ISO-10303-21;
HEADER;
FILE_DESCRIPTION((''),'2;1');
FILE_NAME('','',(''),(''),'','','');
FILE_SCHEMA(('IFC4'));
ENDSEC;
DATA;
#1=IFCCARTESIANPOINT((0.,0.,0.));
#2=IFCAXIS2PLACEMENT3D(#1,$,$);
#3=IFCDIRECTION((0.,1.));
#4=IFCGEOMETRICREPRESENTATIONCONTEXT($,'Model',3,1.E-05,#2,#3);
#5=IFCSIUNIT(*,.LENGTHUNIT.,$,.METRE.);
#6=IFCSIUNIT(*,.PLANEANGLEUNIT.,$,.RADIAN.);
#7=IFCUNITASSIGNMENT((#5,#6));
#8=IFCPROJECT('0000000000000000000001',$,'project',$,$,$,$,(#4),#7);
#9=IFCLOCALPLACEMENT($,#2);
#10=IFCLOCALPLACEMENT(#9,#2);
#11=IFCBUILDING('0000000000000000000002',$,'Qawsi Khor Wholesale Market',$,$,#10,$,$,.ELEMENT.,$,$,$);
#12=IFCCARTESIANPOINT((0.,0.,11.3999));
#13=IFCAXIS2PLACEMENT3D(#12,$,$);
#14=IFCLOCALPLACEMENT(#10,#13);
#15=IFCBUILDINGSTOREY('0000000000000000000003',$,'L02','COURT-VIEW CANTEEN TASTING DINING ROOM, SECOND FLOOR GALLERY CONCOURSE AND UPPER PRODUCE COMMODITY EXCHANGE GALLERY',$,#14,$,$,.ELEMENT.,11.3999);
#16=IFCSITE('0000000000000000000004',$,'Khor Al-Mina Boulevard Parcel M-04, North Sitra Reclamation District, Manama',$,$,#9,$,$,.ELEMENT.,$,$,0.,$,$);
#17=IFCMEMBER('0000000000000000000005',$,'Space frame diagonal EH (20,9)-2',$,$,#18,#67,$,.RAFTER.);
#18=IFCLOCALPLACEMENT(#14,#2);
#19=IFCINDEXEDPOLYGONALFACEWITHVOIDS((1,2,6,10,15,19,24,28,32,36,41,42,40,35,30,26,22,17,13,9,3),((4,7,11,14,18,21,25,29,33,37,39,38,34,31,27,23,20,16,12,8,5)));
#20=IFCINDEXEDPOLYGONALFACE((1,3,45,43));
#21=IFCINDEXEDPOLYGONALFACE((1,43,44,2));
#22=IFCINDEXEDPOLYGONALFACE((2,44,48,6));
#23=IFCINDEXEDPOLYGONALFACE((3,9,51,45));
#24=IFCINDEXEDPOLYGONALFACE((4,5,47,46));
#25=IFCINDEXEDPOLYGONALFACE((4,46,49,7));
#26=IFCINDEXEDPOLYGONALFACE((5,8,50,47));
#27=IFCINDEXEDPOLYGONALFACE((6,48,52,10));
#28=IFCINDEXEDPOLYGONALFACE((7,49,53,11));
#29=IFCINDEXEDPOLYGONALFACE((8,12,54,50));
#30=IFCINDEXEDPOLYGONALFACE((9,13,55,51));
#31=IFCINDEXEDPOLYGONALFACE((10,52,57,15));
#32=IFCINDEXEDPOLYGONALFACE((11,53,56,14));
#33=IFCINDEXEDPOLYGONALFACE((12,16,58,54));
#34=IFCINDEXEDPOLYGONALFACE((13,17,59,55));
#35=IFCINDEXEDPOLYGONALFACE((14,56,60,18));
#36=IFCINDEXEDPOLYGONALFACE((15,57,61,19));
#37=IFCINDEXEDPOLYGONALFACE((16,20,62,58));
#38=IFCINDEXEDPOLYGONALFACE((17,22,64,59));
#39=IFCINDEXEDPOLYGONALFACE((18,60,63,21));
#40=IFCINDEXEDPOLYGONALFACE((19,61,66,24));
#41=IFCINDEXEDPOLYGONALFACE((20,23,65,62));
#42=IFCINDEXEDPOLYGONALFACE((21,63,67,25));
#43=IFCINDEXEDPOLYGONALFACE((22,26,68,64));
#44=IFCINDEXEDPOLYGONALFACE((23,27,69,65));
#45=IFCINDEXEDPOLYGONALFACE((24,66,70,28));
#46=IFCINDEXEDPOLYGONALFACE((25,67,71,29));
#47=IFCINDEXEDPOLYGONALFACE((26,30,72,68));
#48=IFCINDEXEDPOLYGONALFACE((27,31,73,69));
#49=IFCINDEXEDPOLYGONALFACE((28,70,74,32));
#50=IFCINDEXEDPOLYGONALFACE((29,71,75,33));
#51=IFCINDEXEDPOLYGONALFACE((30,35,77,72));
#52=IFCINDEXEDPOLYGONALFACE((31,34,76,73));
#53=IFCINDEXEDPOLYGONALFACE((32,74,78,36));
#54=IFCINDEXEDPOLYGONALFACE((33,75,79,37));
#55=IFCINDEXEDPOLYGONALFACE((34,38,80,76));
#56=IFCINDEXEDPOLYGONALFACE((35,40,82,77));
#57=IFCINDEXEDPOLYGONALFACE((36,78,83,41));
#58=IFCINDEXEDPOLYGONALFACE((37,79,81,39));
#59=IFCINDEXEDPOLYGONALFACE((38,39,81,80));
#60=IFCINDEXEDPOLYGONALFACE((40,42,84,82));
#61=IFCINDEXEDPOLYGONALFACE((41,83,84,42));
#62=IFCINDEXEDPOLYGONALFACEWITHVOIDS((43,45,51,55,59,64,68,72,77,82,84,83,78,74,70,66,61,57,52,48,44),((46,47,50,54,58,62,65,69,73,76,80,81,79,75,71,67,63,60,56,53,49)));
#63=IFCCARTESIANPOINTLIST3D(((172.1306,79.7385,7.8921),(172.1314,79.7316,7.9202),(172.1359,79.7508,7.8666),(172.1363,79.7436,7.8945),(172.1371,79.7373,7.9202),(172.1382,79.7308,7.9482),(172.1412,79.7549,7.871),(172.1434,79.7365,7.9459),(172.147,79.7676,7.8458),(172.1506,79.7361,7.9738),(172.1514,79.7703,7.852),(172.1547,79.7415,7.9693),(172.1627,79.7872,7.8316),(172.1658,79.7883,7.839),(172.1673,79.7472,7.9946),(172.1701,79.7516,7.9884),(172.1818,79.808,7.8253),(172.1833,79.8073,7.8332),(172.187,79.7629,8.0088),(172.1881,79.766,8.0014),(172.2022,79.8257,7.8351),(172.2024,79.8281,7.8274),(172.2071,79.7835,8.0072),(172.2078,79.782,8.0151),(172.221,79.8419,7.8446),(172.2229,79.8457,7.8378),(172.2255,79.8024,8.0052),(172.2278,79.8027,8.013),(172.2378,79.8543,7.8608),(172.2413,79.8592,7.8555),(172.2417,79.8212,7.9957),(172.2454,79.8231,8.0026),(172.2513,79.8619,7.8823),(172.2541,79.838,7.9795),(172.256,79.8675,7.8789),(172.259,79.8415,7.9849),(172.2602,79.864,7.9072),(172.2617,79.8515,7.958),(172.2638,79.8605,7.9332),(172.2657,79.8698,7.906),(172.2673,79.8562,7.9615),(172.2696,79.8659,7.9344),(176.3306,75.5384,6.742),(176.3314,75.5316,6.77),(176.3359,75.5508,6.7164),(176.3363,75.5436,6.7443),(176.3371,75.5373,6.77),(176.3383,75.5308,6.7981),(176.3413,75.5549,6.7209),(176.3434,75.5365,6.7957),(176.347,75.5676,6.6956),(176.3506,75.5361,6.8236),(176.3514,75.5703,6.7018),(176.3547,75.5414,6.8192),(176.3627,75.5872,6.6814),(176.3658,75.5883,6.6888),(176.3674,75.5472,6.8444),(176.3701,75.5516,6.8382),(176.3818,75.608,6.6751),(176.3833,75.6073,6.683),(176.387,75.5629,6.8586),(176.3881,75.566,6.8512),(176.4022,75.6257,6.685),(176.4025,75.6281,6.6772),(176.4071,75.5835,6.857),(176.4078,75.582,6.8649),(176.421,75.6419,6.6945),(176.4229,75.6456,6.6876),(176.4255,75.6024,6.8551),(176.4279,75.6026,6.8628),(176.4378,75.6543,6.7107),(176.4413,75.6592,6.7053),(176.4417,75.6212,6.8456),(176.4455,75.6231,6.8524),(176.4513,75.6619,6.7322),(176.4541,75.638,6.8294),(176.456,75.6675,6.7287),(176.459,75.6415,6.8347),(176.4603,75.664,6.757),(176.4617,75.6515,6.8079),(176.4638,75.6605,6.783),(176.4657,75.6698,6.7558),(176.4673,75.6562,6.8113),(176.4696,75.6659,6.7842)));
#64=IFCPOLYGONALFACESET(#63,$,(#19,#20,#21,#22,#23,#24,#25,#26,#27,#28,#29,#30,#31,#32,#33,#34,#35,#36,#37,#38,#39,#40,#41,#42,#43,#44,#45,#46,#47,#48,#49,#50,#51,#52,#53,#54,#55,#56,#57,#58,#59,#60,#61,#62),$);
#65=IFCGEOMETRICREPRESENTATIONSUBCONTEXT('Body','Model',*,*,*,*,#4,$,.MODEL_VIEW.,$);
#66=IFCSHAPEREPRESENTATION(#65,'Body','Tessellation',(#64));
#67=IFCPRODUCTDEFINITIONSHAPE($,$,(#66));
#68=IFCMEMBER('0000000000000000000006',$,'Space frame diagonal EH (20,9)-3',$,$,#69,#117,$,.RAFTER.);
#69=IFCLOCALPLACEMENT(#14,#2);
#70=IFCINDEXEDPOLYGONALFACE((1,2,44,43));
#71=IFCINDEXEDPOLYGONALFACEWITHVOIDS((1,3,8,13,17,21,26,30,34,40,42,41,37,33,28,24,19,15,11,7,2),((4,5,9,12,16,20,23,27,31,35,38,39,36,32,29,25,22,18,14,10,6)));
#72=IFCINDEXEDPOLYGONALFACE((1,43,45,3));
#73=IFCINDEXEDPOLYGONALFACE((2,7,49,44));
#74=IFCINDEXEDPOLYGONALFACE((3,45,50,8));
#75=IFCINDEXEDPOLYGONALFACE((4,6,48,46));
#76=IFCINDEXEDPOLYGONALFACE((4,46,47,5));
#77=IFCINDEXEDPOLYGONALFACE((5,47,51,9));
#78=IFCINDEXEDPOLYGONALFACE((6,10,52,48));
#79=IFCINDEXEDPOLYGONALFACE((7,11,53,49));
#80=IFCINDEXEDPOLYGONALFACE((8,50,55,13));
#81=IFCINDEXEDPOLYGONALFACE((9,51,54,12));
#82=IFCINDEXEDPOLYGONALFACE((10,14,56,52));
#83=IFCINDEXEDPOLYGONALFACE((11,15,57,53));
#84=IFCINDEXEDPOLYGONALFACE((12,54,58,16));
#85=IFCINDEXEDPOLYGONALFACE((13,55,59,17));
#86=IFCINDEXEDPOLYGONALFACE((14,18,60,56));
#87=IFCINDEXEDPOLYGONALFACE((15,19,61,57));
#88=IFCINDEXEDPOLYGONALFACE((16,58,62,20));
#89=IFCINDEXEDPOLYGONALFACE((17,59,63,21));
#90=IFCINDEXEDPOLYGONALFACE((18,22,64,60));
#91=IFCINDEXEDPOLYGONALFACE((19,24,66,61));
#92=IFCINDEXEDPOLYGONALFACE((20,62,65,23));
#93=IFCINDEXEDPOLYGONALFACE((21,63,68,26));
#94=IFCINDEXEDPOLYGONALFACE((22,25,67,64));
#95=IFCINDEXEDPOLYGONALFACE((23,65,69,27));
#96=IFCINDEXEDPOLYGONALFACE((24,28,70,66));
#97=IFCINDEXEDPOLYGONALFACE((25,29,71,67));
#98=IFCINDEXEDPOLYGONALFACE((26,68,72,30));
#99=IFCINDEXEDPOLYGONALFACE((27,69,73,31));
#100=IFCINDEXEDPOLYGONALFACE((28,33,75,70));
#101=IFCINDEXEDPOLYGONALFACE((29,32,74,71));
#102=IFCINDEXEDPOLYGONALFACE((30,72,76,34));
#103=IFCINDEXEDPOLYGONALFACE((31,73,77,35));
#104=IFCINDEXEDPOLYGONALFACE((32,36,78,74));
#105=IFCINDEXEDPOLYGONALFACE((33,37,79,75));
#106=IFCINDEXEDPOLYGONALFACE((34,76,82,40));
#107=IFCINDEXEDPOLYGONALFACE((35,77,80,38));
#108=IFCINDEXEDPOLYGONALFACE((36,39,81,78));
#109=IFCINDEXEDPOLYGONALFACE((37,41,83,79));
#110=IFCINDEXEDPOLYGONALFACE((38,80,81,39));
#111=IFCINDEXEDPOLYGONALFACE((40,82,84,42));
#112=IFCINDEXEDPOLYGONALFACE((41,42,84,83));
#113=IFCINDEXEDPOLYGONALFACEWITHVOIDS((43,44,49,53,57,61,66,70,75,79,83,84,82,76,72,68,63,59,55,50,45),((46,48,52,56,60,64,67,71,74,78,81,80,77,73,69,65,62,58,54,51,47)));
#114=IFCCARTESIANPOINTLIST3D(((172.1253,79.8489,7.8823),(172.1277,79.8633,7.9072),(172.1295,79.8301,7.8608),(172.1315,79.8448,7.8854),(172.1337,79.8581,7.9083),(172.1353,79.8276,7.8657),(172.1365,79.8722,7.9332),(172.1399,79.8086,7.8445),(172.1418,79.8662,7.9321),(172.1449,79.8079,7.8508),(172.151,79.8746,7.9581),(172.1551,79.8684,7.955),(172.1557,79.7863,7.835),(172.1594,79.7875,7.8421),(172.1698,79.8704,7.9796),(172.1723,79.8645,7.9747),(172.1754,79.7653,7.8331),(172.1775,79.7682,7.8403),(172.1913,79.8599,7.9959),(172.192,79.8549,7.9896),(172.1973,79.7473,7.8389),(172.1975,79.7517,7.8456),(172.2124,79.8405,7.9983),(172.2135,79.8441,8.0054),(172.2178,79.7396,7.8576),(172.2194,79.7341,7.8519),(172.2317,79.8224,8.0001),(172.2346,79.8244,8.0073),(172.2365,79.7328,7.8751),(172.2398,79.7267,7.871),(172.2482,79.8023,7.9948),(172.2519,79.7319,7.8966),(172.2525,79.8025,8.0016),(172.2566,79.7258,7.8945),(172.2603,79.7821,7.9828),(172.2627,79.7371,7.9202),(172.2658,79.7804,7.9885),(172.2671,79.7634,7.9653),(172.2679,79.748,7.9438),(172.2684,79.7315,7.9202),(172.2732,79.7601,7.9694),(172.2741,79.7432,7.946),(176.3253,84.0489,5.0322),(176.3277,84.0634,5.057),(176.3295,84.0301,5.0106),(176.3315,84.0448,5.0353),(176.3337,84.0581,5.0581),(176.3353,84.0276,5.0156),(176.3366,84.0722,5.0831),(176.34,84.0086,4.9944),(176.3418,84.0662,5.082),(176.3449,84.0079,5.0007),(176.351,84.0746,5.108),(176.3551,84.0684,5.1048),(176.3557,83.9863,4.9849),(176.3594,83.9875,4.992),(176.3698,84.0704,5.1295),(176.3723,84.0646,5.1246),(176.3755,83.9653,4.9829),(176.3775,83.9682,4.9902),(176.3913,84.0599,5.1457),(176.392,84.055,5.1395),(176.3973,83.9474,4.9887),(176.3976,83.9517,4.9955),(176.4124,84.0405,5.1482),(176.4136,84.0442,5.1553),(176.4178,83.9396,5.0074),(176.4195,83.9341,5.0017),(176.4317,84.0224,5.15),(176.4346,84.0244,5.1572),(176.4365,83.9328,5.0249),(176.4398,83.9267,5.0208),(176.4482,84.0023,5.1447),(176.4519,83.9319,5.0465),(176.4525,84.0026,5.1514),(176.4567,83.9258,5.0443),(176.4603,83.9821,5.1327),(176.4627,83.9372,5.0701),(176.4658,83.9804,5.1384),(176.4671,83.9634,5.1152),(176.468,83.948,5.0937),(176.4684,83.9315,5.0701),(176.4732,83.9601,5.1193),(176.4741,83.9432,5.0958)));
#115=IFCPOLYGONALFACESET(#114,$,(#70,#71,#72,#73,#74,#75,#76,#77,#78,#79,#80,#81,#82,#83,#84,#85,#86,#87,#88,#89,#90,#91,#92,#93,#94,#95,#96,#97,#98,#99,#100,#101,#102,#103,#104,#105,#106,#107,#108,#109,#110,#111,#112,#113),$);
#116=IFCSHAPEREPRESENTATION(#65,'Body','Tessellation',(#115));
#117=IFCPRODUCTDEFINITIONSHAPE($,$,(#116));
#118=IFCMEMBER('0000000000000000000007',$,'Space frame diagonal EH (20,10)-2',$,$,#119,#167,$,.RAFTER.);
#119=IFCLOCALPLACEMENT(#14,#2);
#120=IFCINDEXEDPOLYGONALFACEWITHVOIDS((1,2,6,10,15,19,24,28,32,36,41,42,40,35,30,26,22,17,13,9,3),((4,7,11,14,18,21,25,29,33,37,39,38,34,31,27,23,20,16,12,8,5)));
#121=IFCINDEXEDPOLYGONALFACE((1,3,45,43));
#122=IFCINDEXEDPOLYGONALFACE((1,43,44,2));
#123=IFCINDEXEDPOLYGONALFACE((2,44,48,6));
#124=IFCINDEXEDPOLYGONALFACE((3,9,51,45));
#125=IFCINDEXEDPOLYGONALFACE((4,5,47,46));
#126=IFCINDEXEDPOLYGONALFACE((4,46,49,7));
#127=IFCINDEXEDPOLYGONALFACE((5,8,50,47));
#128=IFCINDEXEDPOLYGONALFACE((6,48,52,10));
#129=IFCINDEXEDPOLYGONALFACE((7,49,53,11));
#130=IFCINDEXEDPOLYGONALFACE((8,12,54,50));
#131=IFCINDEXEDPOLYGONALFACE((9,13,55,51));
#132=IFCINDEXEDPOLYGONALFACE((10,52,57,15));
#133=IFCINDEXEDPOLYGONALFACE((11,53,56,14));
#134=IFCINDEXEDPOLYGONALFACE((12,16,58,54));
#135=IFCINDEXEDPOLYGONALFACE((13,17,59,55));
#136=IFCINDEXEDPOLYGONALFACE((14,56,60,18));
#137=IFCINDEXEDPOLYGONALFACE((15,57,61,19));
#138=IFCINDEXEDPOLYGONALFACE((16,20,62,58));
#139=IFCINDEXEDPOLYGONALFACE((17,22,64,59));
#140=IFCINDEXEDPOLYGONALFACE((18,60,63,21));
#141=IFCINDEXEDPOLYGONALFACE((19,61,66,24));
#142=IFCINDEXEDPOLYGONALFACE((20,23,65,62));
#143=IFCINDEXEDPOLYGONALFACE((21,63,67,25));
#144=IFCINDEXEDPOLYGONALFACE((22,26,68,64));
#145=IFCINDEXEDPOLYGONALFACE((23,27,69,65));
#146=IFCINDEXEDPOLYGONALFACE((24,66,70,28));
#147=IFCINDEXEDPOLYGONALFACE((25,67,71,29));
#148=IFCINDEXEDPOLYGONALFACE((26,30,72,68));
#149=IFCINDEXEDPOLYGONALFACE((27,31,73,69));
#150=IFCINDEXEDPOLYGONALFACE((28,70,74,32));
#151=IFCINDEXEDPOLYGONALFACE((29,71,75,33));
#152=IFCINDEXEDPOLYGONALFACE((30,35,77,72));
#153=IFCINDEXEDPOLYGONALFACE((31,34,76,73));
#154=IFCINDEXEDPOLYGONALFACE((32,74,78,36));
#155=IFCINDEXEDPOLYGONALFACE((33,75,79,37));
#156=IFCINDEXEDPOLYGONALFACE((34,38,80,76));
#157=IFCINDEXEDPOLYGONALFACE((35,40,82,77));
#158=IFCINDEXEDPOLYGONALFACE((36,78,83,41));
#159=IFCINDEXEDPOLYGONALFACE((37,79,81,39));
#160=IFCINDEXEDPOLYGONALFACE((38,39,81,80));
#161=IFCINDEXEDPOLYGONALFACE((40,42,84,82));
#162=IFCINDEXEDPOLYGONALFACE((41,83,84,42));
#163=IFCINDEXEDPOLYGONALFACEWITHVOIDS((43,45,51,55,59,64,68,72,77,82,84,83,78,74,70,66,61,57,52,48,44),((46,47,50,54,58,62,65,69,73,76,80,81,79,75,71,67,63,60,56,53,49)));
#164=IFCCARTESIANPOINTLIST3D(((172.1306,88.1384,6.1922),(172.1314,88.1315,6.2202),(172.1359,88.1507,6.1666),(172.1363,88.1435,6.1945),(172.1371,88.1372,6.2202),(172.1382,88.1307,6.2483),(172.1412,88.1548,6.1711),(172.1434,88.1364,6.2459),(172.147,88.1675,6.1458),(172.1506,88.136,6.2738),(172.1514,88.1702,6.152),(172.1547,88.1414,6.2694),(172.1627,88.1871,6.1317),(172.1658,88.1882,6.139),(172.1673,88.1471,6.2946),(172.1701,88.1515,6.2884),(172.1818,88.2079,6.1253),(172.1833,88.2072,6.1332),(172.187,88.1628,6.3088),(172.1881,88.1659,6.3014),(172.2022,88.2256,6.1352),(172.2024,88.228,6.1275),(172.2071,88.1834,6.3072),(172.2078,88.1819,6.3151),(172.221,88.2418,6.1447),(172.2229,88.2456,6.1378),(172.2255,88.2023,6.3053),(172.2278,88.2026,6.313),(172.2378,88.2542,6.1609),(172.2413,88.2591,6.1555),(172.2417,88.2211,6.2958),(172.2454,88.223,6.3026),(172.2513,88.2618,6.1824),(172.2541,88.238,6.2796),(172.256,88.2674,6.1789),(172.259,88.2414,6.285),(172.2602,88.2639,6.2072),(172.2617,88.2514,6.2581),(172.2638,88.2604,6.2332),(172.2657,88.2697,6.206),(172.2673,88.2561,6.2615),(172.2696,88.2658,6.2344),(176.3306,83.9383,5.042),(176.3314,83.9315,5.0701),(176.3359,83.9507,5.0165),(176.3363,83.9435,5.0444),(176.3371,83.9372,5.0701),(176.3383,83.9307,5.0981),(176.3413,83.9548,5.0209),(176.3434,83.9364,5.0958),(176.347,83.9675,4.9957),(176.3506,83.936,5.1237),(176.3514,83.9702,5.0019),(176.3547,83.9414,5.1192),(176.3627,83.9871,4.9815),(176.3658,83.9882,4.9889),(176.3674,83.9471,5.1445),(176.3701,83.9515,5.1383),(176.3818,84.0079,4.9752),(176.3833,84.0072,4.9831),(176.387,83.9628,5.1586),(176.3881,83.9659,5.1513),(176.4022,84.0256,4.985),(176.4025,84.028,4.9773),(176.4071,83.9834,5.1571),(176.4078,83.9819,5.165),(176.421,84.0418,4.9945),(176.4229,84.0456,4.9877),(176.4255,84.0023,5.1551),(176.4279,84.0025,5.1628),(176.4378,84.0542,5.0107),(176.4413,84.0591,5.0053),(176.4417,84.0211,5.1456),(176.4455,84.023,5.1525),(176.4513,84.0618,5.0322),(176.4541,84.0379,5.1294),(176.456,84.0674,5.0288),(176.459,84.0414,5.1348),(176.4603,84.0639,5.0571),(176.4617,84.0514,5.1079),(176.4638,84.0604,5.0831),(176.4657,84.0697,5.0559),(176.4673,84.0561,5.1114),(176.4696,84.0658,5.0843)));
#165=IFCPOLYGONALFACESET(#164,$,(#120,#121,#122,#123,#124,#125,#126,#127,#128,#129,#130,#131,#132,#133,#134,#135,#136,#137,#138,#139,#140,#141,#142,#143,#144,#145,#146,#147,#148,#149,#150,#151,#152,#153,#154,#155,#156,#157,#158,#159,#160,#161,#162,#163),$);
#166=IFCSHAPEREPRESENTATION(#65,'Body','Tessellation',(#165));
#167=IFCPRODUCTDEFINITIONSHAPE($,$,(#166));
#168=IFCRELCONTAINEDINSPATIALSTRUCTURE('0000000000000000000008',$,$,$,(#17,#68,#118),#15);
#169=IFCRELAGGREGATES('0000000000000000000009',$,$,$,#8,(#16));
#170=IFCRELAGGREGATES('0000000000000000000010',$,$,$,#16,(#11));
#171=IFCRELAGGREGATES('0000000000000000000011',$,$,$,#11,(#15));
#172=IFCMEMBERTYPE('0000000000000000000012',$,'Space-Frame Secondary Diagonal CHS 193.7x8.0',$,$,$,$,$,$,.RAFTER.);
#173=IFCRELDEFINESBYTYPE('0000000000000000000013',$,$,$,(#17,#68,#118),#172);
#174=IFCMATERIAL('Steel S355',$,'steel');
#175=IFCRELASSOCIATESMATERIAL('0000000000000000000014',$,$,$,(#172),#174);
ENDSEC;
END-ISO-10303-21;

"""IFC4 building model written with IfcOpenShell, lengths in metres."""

from ifc_helpers import new_model, si_unit, direction, frame, origin, origin_2d, place, context, subcontext, project, spatial, hollow_circle, extrude, material, material_profile, profile_set, type_object, element, save


model = new_model("IFC4")

# Units and contexts
model_context = context("Model", 3, precision=1e-05, world=origin(), true_north=direction((0.0, 1.0)))
body_context = subcontext(model_context, "Body", "Model", "MODEL_VIEW")
ifc_project = project(units=[si_unit("LENGTHUNIT", "METRE"), si_unit("PLANEANGLEUNIT", "RADIAN")], contexts=[model_context])

# Site, building, storey
site_placement = place(None, origin())
site = spatial("IfcSite", under=ifc_project, at=site_placement, Name="Khor Al-Mina Boulevard Parcel M-04, North Sitra Reclamation District, Manama", CompositionType="ELEMENT", RefElevation=0.0)
building_placement = place(site_placement, origin())
building = spatial("IfcBuilding", under=site, at=building_placement, Name="Qawsi Khor Wholesale Market", CompositionType="ELEMENT")
storey_placement = place(building_placement, frame((0.0, 0.0, 11.3999)))
storey = spatial("IfcBuildingStorey", under=building, at=storey_placement, Name="L02", Description="COURT-VIEW CANTEEN TASTING DINING ROOM, SECOND FLOOR GALLERY CONCOURSE AND UPPER PRODUCE COMMODITY EXCHANGE GALLERY", CompositionType="ELEMENT", Elevation=11.3999)

# Members
ifc_material_1 = material(Name="Steel S355", Category="steel")
ifc_material_profile_1 = material_profile(ifc_material_1, hollow_circle(Radius=0.0969, WallThickness=0.0081, at=origin_2d()), Name="CHS 193.7x8.0")
ifc_profile_set_1 = profile_set([ifc_material_profile_1], Name="Steel S355")
member_type_1 = type_object("IfcMemberType", Name="Space-Frame Secondary Diagonal CHS 193.7x8.0", PredefinedType="RAFTER", material=ifc_profile_set_1)
for number, where, z_axis, x_axis, name in (
    (1, (176.3999, 75.6001, 6.77), (-0.694211, 0.694211, 0.190108), (-0.707107, -0.707107, 0.0), "Space frame diagonal EH (20,9)-2"),
):
    element("IfcMember", number, at=place(storey_placement, frame(where, z_axis=z_axis, x_axis=x_axis)), inside=storey, type_object=member_type_1, Name=name, PredefinedType="RAFTER", context=body_context, shape_type="SweptSolid", body=[
        extrude(hollow_circle(Radius=0.0969, WallThickness=0.0081, at=origin_2d()), origin(), (0.0, 0.0, 1.0), 6.05),
    ])
member_1_placement = place(storey_placement, frame((176.3999, 84.0, 5.0701), z_axis=(-0.637512, -0.637512, 0.432617), x_axis=(0.707107, -0.707107, 0.0)))
element("IfcMember", 2, at=member_1_placement, inside=storey, type_object=member_type_1, Name="Space frame diagonal EH (20,9)-3", PredefinedType="RAFTER", context=body_context, shape_type="SweptSolid", body=[
    extrude(hollow_circle(Radius=0.0969, WallThickness=0.0081, at=origin_2d()), origin(), (0.0, 0.0, 1.0), 6.5881),
])
member_2_placement = place(storey_placement, frame((176.3999, 84.0, 5.0701), z_axis=(-0.694211, 0.694211, 0.190108), x_axis=(-0.707107, -0.707107, 0.0)))
element("IfcMember", 3, at=member_2_placement, inside=storey, type_object=member_type_1, Name="Space frame diagonal EH (20,10)-2", PredefinedType="RAFTER", context=body_context, shape_type="SweptSolid", body=[
    extrude(hollow_circle(Radius=0.0969, WallThickness=0.0081, at=origin_2d()), origin(), (0.0, 0.0, 1.0), 6.05),
])

save(model, "model.ifc")
